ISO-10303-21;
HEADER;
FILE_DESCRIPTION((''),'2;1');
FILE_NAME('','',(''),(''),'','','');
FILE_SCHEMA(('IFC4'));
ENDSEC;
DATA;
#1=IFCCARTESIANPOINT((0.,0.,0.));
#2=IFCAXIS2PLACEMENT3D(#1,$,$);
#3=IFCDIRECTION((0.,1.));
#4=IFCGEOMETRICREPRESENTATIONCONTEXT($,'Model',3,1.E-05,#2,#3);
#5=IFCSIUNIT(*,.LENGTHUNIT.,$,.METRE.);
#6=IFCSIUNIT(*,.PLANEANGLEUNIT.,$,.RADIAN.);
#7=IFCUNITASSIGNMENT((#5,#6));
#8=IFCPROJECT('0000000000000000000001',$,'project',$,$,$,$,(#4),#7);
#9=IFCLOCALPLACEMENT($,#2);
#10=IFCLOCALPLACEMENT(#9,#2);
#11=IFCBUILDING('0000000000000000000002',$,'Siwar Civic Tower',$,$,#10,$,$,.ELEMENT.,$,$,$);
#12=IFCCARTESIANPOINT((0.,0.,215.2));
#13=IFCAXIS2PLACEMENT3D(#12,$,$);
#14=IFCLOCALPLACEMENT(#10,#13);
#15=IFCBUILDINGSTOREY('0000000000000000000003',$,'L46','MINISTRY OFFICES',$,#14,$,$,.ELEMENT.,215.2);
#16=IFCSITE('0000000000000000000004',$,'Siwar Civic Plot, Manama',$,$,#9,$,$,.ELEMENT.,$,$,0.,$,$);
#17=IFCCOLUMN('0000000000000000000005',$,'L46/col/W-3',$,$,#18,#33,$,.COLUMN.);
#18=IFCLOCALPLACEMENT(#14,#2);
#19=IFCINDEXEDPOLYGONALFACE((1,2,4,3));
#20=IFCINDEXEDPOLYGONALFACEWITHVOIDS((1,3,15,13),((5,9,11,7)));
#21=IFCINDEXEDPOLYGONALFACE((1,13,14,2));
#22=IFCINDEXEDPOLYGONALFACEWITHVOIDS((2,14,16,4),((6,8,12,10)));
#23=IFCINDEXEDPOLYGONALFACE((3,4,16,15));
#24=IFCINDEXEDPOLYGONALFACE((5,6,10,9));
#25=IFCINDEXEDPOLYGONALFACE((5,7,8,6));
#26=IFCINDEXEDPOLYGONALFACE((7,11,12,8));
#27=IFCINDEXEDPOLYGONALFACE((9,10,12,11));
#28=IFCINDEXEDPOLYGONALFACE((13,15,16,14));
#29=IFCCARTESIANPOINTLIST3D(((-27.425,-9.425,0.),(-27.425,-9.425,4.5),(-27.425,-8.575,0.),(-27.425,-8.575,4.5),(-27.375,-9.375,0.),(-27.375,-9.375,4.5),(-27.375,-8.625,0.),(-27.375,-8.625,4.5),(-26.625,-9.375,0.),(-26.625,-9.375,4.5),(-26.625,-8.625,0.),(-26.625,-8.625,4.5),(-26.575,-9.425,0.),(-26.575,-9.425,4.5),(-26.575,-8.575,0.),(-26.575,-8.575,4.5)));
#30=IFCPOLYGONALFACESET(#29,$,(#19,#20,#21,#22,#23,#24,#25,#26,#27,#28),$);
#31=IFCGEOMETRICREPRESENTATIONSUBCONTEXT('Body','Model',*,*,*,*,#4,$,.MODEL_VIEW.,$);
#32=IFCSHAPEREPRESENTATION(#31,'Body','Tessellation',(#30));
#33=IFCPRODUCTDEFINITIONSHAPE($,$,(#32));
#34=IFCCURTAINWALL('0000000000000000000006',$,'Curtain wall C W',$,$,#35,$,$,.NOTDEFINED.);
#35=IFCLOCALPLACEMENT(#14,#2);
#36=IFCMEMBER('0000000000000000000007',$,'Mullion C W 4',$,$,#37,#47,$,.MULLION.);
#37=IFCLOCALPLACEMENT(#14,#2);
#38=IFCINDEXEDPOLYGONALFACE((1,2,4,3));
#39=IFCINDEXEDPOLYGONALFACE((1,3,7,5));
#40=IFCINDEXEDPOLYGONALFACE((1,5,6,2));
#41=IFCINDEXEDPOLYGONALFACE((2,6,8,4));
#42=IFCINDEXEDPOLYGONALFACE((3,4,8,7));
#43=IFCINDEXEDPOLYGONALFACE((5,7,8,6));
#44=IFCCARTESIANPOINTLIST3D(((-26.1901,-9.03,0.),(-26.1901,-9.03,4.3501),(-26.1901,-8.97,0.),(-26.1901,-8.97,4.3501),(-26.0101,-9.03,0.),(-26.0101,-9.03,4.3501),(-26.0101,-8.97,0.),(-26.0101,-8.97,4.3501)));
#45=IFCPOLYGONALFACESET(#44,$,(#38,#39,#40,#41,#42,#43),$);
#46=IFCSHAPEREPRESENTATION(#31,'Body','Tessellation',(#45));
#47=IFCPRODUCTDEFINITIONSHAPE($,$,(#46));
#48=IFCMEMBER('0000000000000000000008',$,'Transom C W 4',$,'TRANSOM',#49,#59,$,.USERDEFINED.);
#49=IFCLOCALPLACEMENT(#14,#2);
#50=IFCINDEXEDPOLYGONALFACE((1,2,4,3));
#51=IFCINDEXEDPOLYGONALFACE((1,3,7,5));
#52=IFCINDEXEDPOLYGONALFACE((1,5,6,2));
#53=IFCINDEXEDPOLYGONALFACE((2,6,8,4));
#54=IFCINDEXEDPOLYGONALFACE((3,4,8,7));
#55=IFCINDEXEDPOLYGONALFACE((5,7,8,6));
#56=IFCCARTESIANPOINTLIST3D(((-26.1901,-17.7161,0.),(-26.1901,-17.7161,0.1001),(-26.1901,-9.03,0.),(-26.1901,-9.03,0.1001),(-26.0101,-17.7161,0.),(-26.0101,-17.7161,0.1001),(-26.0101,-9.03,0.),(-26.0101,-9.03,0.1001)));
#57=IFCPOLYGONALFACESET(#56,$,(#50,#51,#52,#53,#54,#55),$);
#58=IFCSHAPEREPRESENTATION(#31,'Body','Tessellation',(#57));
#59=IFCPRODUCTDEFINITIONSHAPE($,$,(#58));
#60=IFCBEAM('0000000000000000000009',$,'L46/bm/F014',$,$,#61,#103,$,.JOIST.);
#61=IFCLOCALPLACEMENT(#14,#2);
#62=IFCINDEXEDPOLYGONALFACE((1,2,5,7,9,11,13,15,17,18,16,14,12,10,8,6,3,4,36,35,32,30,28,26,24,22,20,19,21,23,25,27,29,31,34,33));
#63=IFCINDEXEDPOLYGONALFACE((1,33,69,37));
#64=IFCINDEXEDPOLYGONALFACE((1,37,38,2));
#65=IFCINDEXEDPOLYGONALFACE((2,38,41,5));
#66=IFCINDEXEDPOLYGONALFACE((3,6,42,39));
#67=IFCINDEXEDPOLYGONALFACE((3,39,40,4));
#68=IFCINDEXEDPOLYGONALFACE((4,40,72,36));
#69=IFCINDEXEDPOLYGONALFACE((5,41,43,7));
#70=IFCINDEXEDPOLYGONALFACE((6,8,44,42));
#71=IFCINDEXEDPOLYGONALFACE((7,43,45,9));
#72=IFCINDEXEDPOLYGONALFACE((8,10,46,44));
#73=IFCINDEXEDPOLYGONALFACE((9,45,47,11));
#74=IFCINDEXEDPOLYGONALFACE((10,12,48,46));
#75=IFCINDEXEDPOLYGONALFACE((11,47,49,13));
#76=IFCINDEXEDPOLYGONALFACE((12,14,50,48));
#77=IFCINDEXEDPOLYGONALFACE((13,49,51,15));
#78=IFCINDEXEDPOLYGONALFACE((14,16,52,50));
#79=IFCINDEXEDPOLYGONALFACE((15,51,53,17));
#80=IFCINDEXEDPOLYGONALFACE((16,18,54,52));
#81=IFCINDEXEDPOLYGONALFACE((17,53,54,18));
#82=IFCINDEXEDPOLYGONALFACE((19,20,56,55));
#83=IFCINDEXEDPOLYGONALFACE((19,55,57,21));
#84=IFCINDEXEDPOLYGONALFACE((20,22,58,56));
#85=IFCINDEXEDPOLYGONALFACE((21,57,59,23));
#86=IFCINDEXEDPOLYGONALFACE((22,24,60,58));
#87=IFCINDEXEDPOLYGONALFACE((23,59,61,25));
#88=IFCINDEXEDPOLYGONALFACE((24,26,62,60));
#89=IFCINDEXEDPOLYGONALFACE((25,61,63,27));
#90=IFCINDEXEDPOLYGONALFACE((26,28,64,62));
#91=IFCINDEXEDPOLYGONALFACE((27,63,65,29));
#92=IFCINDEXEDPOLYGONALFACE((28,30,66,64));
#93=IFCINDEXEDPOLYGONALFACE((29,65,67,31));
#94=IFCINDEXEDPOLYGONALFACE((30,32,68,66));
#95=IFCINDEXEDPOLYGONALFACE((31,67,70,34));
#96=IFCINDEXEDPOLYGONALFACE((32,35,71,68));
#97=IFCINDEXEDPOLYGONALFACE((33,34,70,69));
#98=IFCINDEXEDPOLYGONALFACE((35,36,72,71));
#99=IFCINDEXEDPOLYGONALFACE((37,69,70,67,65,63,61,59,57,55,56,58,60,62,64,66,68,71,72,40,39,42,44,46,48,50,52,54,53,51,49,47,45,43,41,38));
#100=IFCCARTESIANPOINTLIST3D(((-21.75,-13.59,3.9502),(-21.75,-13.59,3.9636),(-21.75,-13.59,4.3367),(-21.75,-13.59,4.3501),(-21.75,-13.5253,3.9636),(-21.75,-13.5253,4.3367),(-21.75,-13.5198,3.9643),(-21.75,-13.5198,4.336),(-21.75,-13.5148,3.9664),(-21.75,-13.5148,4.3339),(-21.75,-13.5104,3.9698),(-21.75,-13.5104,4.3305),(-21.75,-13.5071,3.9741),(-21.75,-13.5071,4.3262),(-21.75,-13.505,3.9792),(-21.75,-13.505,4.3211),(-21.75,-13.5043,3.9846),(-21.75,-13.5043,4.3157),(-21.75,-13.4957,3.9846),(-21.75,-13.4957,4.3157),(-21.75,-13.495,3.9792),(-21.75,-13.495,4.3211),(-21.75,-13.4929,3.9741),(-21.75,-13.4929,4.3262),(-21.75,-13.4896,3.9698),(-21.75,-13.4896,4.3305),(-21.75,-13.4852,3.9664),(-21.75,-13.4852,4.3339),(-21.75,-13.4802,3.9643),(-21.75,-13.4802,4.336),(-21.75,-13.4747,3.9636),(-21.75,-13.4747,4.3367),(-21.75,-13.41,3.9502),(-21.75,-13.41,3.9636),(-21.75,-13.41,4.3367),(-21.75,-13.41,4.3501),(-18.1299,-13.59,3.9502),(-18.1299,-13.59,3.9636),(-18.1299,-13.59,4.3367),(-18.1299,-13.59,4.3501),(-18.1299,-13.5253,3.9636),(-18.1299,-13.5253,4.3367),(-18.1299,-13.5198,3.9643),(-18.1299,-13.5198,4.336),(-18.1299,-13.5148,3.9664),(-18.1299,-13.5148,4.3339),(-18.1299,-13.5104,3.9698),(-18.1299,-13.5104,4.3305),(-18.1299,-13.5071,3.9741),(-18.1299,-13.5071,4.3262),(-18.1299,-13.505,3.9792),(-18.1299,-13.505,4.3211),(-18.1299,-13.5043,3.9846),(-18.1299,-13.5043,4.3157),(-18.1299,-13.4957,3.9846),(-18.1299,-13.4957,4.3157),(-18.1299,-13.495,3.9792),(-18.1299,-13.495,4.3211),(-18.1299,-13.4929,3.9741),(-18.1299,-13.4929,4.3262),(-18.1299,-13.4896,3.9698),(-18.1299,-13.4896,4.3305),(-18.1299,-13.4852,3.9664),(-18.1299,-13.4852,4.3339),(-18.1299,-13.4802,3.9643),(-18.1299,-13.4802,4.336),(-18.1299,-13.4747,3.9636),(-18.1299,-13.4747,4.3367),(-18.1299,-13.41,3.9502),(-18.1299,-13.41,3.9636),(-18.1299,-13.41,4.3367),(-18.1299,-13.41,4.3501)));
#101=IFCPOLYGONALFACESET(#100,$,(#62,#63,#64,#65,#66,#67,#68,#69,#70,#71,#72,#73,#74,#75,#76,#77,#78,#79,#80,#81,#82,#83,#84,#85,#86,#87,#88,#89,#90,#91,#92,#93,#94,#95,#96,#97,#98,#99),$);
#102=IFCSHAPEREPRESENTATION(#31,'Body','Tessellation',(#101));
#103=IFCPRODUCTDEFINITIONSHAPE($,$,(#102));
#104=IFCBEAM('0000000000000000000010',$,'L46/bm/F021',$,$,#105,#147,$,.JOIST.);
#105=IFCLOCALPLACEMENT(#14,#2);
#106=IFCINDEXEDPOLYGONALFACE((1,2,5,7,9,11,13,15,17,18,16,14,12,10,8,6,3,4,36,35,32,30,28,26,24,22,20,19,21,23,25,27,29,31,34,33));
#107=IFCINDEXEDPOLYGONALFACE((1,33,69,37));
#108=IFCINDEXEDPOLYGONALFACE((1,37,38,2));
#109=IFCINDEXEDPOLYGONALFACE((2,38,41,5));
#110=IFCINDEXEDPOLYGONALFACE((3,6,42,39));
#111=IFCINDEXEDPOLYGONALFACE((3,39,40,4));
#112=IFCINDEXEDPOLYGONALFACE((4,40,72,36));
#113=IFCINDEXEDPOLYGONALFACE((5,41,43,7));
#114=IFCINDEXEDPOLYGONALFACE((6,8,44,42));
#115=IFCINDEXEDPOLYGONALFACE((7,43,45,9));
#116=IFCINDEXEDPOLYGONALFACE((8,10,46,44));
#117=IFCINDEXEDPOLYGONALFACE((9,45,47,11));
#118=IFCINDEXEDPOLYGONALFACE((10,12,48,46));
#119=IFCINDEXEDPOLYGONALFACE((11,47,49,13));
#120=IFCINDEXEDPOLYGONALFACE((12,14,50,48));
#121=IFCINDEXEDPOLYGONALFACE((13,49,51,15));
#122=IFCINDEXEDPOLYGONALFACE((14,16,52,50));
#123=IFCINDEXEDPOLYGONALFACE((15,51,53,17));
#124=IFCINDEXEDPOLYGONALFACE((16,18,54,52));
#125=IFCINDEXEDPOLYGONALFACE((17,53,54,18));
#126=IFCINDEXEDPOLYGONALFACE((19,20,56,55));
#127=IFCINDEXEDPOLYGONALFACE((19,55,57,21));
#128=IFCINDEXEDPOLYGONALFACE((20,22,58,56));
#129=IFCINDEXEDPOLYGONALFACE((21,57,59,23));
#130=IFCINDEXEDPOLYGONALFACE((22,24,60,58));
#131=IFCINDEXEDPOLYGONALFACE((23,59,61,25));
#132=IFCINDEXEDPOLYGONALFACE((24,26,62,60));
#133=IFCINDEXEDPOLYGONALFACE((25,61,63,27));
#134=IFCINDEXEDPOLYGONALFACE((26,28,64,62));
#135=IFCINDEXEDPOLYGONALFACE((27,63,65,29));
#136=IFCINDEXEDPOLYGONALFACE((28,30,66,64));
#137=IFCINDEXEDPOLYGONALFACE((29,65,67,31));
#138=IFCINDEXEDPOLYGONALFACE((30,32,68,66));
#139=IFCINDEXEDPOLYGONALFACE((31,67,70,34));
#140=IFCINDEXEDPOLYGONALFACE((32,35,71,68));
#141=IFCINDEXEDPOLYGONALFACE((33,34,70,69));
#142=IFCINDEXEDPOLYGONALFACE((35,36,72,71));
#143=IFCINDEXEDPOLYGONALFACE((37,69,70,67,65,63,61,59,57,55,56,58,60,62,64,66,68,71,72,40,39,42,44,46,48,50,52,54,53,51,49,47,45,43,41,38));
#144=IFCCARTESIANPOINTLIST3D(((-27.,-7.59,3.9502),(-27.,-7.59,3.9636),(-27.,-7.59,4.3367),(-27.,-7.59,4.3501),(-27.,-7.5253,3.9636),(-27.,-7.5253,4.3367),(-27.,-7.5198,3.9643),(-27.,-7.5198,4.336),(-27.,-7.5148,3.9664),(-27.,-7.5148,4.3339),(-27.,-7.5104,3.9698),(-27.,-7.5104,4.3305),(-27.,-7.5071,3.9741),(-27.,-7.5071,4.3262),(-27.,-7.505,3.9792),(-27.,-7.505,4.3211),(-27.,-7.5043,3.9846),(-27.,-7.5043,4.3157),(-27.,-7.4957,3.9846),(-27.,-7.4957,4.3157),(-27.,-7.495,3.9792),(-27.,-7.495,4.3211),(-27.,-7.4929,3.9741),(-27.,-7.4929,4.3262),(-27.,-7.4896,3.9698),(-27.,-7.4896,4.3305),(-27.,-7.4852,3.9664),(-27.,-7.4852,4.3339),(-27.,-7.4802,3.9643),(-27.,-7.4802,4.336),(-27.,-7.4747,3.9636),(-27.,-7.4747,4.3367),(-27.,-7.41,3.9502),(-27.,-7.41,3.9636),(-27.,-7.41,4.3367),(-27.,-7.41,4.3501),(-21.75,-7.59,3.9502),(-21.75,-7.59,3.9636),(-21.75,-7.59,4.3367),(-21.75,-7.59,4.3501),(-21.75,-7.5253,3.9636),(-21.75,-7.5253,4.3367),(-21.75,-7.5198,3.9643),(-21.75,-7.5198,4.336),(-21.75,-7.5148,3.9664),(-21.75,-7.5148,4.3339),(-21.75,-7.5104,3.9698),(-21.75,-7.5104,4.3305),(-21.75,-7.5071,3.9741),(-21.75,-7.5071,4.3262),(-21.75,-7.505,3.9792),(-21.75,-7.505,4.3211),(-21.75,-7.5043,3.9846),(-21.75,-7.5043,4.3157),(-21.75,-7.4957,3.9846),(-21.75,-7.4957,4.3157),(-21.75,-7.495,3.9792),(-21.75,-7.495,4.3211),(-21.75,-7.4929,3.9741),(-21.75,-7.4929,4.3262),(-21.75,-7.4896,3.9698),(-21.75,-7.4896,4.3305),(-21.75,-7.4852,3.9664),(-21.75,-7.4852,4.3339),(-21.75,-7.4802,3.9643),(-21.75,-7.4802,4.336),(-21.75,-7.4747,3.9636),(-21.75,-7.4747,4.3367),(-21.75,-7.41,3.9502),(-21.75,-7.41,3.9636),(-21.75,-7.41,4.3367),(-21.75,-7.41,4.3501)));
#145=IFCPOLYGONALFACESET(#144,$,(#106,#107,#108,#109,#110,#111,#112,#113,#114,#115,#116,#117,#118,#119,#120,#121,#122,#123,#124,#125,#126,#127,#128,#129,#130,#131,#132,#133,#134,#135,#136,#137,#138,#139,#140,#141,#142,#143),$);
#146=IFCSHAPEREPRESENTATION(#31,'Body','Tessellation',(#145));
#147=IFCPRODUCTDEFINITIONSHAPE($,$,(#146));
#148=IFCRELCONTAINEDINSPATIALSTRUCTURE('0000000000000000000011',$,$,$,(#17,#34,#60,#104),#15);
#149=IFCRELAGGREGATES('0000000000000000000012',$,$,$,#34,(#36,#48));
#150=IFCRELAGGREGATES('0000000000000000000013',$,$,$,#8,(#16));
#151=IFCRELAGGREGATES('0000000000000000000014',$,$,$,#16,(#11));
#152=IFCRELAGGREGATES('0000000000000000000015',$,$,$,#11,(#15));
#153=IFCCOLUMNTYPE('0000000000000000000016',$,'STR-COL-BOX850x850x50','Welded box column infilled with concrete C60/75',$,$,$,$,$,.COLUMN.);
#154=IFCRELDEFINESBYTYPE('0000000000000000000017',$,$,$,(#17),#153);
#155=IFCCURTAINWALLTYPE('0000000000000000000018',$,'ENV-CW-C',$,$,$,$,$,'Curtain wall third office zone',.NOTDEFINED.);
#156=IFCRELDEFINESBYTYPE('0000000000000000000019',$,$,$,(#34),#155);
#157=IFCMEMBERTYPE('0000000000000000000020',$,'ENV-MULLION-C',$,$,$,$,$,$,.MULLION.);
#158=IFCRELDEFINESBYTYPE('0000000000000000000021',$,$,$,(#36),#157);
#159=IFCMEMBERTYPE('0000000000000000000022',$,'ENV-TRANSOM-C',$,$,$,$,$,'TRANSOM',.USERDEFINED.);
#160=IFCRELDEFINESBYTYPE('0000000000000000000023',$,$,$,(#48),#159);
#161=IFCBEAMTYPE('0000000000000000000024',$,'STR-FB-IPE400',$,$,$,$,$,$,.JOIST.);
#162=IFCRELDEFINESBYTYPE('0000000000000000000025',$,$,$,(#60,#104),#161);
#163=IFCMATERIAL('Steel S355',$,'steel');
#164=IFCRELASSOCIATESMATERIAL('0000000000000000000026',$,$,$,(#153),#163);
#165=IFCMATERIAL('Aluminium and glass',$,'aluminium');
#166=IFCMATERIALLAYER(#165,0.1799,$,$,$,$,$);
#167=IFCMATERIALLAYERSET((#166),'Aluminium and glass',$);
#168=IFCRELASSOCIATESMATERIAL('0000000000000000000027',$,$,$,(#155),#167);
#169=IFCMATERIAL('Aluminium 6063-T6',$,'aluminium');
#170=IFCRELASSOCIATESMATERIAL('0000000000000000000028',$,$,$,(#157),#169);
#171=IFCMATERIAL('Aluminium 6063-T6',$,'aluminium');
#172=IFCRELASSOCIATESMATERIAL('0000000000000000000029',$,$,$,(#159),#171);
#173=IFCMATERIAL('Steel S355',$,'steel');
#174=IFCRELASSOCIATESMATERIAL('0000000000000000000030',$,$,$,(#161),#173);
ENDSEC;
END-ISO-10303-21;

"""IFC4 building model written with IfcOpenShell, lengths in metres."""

from ifc_helpers import new_model, si_unit, direction, frame, origin, origin_2d, place, context, subcontext, project, spatial, rectangle, hollow_rectangle, i_section, extrude, material, layer, layer_set, material_profile, profile_set, type_object, element, aggregate, save


model = new_model("IFC4")

# Units and contexts
model_context = context("Model", 3, precision=1e-05, world=origin(), true_north=direction((0.0, 1.0)))
body_context = subcontext(model_context, "Body", "Model", "MODEL_VIEW")
ifc_project = project(units=[si_unit("LENGTHUNIT", "METRE"), si_unit("PLANEANGLEUNIT", "RADIAN")], contexts=[model_context])

# Site, building, storey
site_placement = place(None, origin())
site = spatial("IfcSite", under=ifc_project, at=site_placement, Name="Siwar Civic Plot, Manama", CompositionType="ELEMENT", RefElevation=0.0)
building_placement = place(site_placement, origin())
building = spatial("IfcBuilding", under=site, at=building_placement, Name="Siwar Civic Tower", CompositionType="ELEMENT")
storey_placement = place(building_placement, frame((0.0, 0.0, 215.2)))
storey = spatial("IfcBuildingStorey", under=building, at=storey_placement, Name="L46", Description="MINISTRY OFFICES", CompositionType="ELEMENT", Elevation=215.2)

# Column
ifc_material_1 = material(Name="Steel S355", Category="steel")
ifc_material_profile_1 = material_profile(ifc_material_1, hollow_rectangle(XDim=0.8501, YDim=0.8501, WallThickness=0.05, at=origin_2d()), Name="BOX850x850x50")
ifc_profile_set_1 = profile_set([ifc_material_profile_1], Name="Steel S355")
column_type = type_object("IfcColumnType", Name="STR-COL-BOX850x850x50", Description="Welded box column infilled with concrete C60/75", PredefinedType="COLUMN", material=ifc_profile_set_1)
column_placement = place(storey_placement, frame((-27.0, -9.0, 0.0), z_axis=(0.0, 0.0, 1.0), x_axis=(1.0, 0.0, 0.0)))
element("IfcColumn", 1, at=column_placement, inside=storey, type_object=column_type, Name="L46/col/W-3", PredefinedType="COLUMN", context=body_context, shape_type="SweptSolid", body=[
    extrude(hollow_rectangle(XDim=0.8501, YDim=0.8501, WallThickness=0.05, at=origin_2d()), origin(), (0.0, 0.0, 1.0), 4.5),
])

# Curtain wall, members
ifc_material_2 = material(Name="Aluminium and glass", Category="aluminium")
ifc_layer_1 = layer(ifc_material_2, 0.1799)
ifc_layer_set_1 = layer_set([ifc_layer_1], Name="Aluminium and glass")
curtain_wall_type = type_object("IfcCurtainWallType", Name="ENV-CW-C", ElementType="Curtain wall third office zone", PredefinedType="NOTDEFINED", material=ifc_layer_set_1)
curtain_wall_placement = place(storey_placement, origin())
curtain_wall = element("IfcCurtainWall", 2, at=curtain_wall_placement, inside=storey, type_object=curtain_wall_type, Name="Curtain wall C W", PredefinedType="NOTDEFINED")
ifc_material_3 = material(Name="Aluminium 6063-T6", Category="aluminium")
ifc_material_profile_2 = material_profile(ifc_material_3, rectangle(XDim=0.1799, YDim=0.0601, at=origin_2d()), Name="AL 180x60")
ifc_profile_set_2 = profile_set([ifc_material_profile_2], Name="Aluminium 6063-T6")
member_type_1 = type_object("IfcMemberType", Name="ENV-MULLION-C", PredefinedType="MULLION", material=ifc_profile_set_2)
member_1_placement = place(storey_placement, frame((-26.1001, -9.0, 0.0), z_axis=(0.0, 0.0, 1.0), x_axis=(1.0, 0.0, 0.0)))
member_1 = element("IfcMember", 3, at=member_1_placement, type_object=member_type_1, Name="Mullion C W 4", PredefinedType="MULLION", context=body_context, shape_type="SweptSolid", body=[
    extrude(rectangle(XDim=0.1799, YDim=0.0601, at=origin_2d()), origin(), (0.0, 0.0, 1.0), 4.3501),
])
ifc_material_4 = material(Name="Aluminium 6063-T6", Category="aluminium")
ifc_material_profile_3 = material_profile(ifc_material_4, rectangle(XDim=0.1799, YDim=0.1001, at=origin_2d()), Name="AL 180x100")
ifc_profile_set_3 = profile_set([ifc_material_profile_3], Name="Aluminium 6063-T6")
member_type_2 = type_object("IfcMemberType", Name="ENV-TRANSOM-C", ElementType="TRANSOM", PredefinedType="USERDEFINED", material=ifc_profile_set_3)
member_2_placement = place(storey_placement, frame((-26.1001, -9.03, 0.05), z_axis=(0.0, -1.0, 0.0), x_axis=(1.0, 0.0, 0.0)))
member_2 = element("IfcMember", 4, at=member_2_placement, type_object=member_type_2, Name="Transom C W 4", ObjectType="TRANSOM", PredefinedType="USERDEFINED", context=body_context, shape_type="SweptSolid", body=[
    extrude(rectangle(XDim=0.1799, YDim=0.1001, at=origin_2d()), origin(), (0.0, 0.0, 1.0), 8.686),
])

# Beams
ifc_material_5 = material(Name="Steel S355", Category="steel")
ifc_material_profile_4 = material_profile(ifc_material_5, i_section(OverallWidth=0.1799, OverallDepth=0.3999, WebThickness=0.0085, FlangeThickness=0.0134, FilletRadius=0.021, at=origin_2d()), Name="IPE400")
ifc_profile_set_4 = profile_set([ifc_material_profile_4], Name="Steel S355")
beam_type_1 = type_object("IfcBeamType", Name="STR-FB-IPE400", PredefinedType="JOIST", material=ifc_profile_set_4)
beam_1_placement = place(storey_placement, frame((-21.75, -13.5, 4.1501), z_axis=(1.0, 0.0, 0.0), x_axis=(0.0, 1.0, 0.0)))
element("IfcBeam", 5, at=beam_1_placement, inside=storey, type_object=beam_type_1, Name="L46/bm/F014", PredefinedType="JOIST", context=body_context, shape_type="SweptSolid", body=[
    extrude(i_section(OverallWidth=0.1799, OverallDepth=0.3999, WebThickness=0.0085, FlangeThickness=0.0134, FilletRadius=0.021, at=origin_2d()), origin(), (0.0, 0.0, 1.0), 3.6201),
])
beam_2_placement = place(storey_placement, frame((-27.0, -7.5, 4.1501), z_axis=(1.0, 0.0, 0.0), x_axis=(0.0, 1.0, 0.0)))
element("IfcBeam", 6, at=beam_2_placement, inside=storey, type_object=beam_type_1, Name="L46/bm/F021", PredefinedType="JOIST", context=body_context, shape_type="SweptSolid", body=[
    extrude(i_section(OverallWidth=0.1799, OverallDepth=0.3999, WebThickness=0.0085, FlangeThickness=0.0134, FilletRadius=0.021, at=origin_2d()), origin(), (0.0, 0.0, 1.0), 5.25),
])

aggregate(curtain_wall, [member_1, member_2])

save(model, "model.ifc")
